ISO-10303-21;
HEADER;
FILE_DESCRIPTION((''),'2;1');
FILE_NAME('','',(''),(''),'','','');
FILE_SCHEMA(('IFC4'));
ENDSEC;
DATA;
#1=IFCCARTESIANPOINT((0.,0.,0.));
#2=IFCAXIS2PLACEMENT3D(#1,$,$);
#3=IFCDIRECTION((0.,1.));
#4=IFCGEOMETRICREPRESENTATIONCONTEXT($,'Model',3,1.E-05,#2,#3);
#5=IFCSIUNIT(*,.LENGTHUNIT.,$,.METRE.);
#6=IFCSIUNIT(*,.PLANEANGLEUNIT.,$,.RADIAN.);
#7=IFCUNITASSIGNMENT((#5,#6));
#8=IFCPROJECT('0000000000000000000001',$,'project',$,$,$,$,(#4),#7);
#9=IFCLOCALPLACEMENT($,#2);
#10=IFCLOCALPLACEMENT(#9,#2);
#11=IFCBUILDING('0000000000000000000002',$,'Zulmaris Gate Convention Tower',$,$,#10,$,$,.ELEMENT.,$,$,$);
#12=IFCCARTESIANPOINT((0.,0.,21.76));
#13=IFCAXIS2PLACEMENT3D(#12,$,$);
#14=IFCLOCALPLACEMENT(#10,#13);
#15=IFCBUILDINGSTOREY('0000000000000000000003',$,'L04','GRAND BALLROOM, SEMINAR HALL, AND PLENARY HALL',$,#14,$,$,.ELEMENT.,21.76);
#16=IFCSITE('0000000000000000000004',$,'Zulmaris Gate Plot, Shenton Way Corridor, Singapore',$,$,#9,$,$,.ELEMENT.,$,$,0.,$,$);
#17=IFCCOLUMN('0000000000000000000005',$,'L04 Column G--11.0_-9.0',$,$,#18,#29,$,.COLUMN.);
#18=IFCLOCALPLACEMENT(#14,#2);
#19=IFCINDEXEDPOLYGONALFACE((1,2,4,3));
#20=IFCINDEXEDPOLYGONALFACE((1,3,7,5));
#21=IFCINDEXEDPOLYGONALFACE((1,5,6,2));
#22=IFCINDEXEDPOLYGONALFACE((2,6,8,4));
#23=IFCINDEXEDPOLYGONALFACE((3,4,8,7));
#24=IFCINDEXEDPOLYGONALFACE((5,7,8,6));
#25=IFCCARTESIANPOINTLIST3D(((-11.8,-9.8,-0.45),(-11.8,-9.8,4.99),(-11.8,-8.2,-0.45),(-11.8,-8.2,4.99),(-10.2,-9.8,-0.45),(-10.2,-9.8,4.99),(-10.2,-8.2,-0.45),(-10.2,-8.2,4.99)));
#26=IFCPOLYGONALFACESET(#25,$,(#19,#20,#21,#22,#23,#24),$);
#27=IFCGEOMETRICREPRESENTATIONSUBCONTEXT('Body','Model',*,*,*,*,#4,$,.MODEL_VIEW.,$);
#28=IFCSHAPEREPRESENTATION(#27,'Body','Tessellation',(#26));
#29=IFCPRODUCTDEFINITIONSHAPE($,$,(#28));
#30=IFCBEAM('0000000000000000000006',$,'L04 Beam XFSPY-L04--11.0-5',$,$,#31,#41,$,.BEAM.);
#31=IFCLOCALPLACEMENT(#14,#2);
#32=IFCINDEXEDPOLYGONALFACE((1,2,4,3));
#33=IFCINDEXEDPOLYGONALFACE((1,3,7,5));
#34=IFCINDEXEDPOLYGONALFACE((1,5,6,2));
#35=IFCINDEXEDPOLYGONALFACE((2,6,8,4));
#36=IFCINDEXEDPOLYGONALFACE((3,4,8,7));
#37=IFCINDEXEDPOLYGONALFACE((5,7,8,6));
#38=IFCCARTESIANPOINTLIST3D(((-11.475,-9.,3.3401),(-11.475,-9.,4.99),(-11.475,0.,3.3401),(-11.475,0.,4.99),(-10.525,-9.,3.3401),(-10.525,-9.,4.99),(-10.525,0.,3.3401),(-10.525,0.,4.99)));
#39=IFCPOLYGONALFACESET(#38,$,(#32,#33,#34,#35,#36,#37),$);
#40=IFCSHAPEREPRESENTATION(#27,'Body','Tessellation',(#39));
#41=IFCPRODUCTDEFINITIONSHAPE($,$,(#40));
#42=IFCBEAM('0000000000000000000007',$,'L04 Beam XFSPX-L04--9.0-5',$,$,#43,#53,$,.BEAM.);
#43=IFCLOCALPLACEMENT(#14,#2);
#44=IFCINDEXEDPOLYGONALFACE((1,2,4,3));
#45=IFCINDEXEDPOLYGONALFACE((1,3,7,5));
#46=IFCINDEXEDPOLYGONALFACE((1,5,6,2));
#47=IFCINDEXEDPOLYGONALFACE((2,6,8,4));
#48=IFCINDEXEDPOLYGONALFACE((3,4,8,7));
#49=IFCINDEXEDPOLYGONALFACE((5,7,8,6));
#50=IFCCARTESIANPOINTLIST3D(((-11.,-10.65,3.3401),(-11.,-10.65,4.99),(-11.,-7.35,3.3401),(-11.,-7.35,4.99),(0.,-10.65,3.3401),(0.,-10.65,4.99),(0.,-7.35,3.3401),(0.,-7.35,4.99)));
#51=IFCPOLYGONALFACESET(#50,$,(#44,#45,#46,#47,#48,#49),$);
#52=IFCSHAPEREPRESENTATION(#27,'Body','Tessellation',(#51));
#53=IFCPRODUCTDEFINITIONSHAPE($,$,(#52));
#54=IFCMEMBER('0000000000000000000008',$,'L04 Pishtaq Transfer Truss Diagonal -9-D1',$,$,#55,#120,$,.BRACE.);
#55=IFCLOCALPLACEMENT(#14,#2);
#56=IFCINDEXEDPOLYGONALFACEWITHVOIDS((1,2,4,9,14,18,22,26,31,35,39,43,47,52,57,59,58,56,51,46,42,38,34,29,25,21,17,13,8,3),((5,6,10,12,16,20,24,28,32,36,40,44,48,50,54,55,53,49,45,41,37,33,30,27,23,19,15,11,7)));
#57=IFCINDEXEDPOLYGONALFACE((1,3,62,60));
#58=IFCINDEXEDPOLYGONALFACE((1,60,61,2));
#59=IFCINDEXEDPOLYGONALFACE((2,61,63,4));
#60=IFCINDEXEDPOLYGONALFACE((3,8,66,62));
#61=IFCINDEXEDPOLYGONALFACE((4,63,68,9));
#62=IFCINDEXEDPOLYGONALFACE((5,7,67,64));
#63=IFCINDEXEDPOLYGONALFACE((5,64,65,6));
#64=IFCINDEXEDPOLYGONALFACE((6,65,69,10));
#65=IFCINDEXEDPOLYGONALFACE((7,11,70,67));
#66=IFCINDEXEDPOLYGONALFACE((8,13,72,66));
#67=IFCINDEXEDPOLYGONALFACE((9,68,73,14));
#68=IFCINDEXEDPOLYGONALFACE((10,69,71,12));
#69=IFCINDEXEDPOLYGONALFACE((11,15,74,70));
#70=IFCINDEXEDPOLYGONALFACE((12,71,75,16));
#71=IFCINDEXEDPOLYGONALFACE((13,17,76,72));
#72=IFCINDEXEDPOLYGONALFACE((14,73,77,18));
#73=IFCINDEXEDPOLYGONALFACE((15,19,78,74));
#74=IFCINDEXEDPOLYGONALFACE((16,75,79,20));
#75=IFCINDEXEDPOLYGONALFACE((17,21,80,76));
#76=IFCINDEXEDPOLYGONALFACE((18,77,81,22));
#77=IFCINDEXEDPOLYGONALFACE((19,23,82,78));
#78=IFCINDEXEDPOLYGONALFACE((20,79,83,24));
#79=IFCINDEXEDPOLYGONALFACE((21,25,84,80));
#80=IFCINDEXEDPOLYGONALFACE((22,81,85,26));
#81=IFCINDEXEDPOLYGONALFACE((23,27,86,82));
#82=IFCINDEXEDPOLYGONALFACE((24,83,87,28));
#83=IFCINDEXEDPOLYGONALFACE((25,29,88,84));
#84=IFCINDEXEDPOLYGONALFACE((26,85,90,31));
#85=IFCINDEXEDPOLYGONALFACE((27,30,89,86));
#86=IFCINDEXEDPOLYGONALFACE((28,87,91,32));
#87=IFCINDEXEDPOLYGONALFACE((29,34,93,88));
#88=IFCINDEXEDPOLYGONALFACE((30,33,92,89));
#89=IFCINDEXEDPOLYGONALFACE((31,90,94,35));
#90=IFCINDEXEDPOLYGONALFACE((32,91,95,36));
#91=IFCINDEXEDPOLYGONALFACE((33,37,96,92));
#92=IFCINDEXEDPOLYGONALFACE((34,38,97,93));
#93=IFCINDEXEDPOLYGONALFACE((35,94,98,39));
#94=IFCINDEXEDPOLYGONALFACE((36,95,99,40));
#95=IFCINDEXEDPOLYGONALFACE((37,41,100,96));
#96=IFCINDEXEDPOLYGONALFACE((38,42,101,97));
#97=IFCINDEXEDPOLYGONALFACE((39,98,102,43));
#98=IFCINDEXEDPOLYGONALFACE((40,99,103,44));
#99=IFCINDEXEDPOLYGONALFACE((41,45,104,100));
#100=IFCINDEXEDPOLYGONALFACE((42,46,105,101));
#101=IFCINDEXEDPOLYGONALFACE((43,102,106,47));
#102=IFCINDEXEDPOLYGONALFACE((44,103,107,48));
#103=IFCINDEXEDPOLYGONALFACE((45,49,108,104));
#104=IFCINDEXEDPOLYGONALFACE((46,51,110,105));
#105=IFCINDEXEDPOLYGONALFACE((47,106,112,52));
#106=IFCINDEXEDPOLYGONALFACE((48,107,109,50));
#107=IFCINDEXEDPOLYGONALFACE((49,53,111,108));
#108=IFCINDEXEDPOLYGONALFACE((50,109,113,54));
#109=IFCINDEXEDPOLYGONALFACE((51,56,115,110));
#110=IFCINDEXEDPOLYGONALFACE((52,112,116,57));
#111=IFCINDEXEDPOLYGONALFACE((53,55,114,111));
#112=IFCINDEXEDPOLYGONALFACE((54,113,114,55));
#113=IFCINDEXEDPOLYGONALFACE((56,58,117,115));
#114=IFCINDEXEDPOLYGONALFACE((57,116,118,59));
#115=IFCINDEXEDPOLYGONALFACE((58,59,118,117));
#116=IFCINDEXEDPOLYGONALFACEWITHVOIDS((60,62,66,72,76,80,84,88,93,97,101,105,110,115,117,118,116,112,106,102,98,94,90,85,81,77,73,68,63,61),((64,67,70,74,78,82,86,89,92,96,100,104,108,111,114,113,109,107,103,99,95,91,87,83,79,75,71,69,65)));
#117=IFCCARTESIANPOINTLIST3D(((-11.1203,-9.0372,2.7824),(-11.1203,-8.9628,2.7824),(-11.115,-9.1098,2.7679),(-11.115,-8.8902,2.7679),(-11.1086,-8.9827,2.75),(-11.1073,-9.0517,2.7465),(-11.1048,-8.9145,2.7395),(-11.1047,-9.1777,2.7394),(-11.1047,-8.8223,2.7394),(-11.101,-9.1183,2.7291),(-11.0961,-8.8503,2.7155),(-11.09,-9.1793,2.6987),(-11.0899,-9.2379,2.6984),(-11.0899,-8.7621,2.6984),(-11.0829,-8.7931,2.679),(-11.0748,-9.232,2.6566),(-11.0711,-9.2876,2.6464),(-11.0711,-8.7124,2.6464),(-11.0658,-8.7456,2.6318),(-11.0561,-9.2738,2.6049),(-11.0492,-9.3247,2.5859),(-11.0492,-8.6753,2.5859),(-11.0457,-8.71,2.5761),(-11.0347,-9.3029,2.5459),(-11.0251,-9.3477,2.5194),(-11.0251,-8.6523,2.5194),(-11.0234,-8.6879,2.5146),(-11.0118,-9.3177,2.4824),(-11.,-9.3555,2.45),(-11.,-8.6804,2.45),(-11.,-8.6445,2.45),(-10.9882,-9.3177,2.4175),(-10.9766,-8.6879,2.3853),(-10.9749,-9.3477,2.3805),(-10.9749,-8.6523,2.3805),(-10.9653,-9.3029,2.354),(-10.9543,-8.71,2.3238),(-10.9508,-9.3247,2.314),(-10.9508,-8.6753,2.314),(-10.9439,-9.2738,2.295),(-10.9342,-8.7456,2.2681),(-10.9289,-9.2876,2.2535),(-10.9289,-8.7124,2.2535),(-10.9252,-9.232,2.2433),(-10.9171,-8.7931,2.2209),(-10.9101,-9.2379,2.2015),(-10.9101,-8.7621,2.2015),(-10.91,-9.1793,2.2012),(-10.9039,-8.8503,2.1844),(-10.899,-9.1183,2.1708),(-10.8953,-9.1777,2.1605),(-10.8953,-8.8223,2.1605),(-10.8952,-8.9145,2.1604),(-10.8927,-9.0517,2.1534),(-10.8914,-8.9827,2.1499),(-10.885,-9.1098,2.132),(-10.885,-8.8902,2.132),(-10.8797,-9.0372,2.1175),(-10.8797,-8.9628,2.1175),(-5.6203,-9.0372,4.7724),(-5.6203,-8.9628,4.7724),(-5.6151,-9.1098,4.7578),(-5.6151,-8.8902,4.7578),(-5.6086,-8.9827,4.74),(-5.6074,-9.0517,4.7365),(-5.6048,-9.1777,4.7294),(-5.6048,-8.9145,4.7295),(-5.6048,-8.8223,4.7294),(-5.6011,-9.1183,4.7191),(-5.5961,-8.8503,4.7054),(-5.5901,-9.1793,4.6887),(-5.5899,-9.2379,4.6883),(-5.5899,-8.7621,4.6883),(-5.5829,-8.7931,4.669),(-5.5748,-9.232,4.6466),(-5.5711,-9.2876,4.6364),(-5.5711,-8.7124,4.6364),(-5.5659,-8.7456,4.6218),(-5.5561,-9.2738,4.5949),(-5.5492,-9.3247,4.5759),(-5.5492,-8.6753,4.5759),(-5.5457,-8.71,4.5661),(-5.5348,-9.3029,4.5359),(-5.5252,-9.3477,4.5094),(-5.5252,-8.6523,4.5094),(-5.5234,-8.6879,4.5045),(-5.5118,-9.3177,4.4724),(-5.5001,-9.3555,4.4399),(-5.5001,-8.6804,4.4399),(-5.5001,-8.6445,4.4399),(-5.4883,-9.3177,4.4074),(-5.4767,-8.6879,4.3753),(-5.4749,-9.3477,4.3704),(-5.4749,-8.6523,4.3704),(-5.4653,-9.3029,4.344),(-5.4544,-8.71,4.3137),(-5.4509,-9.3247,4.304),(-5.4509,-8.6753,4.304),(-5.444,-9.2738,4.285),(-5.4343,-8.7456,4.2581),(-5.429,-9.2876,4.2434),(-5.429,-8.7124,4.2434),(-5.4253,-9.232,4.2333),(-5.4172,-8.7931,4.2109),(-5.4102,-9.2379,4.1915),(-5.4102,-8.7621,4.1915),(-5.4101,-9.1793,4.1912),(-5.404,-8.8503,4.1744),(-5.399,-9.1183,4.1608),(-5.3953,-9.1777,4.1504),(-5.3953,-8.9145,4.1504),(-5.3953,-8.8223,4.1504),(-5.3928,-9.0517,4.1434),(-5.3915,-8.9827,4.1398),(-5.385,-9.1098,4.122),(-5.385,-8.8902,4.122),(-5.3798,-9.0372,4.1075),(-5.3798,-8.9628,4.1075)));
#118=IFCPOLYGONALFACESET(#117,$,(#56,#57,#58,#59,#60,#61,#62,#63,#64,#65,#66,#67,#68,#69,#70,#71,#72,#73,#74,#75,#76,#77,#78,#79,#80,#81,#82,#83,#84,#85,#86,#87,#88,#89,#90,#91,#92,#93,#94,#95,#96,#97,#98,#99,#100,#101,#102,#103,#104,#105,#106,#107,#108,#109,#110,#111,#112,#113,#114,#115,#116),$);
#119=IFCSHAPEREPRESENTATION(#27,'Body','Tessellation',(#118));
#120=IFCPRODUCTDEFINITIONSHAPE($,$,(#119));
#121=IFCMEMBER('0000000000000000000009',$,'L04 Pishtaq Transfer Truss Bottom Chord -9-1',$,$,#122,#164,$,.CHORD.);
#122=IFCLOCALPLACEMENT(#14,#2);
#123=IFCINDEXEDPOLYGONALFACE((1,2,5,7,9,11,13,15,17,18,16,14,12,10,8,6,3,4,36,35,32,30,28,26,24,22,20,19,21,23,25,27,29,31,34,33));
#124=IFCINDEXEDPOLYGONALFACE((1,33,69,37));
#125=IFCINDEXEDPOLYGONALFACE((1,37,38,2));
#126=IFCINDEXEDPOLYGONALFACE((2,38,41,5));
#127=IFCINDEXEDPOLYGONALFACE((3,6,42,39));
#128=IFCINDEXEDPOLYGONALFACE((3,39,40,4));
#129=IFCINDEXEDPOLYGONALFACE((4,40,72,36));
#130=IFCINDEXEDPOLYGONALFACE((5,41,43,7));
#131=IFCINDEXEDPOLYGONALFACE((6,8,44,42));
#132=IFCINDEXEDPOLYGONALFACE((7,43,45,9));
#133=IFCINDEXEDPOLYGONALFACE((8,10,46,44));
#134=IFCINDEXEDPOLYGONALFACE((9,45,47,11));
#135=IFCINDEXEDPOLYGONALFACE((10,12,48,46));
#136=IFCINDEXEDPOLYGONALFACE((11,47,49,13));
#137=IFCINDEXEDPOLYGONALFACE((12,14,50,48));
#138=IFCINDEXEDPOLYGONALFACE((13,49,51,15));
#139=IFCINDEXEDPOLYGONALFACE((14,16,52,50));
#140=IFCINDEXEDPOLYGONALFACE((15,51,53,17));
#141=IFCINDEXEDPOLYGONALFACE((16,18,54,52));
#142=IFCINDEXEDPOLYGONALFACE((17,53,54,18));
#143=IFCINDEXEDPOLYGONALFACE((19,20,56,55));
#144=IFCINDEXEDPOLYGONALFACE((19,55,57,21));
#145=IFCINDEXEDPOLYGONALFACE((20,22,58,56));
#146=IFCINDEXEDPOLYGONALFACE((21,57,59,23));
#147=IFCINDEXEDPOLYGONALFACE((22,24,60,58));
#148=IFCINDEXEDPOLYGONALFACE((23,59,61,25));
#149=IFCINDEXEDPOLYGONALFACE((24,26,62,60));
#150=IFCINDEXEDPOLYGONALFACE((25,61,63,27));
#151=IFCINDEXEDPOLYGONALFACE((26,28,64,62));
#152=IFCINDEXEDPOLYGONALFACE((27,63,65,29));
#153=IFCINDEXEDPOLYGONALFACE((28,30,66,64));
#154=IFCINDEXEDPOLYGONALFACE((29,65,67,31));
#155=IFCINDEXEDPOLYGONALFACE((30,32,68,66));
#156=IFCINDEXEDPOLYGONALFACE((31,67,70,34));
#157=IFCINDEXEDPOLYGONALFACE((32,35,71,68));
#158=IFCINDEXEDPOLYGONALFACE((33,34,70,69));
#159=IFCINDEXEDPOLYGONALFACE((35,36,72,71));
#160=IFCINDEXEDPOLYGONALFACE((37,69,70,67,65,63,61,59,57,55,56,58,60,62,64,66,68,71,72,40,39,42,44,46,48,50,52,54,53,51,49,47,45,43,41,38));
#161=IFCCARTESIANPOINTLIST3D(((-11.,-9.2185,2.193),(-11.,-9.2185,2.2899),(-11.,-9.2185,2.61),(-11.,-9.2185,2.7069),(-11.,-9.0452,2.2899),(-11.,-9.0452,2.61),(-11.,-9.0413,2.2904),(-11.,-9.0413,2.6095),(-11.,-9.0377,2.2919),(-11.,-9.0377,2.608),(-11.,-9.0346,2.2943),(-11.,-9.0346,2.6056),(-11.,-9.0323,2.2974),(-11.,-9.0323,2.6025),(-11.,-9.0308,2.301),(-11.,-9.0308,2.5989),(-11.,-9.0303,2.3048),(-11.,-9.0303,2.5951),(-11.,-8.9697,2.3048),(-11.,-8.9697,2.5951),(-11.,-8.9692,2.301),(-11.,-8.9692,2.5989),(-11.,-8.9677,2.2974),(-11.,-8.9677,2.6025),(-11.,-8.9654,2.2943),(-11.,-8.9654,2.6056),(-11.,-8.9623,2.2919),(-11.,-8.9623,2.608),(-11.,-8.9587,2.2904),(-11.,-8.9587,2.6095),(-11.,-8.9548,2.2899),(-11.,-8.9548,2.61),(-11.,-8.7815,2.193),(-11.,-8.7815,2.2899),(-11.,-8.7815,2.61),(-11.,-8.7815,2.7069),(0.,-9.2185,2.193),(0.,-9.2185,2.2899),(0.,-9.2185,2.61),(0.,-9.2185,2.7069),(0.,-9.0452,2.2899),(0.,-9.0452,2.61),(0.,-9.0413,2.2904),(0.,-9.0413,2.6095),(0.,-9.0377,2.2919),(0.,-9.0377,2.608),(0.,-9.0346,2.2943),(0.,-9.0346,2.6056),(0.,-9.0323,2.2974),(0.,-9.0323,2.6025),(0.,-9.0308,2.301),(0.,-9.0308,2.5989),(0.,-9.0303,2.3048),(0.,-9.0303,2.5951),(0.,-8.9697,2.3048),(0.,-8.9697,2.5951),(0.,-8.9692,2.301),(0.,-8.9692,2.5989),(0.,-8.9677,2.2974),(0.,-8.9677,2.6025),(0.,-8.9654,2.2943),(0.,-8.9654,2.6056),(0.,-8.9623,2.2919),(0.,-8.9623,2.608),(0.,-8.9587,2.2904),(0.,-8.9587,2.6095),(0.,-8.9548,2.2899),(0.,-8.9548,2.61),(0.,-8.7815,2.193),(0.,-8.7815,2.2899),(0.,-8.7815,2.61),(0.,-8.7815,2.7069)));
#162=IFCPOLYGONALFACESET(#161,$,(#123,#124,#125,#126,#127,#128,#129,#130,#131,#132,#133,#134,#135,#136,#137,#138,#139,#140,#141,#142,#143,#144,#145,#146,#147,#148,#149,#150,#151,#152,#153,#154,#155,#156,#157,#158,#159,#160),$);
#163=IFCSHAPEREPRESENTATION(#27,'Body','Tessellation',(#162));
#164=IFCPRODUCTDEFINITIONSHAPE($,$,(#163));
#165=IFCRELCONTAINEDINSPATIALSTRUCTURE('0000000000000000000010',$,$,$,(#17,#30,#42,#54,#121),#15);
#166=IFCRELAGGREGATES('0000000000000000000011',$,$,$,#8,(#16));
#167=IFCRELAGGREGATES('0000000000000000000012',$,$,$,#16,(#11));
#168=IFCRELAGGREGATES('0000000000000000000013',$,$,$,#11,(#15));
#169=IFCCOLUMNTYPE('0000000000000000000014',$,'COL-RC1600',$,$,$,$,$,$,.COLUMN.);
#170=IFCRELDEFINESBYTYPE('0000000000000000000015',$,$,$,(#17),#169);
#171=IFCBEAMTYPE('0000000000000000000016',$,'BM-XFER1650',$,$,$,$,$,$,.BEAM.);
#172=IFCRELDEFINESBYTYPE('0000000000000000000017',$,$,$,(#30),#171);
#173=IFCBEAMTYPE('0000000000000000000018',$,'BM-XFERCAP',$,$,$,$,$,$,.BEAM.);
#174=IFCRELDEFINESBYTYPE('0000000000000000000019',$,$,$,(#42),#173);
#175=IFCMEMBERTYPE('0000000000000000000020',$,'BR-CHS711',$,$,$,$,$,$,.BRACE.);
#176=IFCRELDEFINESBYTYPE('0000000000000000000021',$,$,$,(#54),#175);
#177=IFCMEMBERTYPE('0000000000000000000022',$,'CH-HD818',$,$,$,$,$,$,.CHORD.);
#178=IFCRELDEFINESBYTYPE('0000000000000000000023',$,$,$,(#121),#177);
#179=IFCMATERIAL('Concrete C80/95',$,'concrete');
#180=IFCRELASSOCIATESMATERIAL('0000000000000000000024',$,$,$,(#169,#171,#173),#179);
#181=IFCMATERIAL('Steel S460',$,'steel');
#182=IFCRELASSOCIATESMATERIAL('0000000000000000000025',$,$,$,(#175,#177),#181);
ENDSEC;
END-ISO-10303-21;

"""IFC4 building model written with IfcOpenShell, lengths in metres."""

from ifc_helpers import new_model, si_unit, direction, frame, origin, origin_2d, place, context, subcontext, project, spatial, rectangle, hollow_circle, i_section, extrude, material, material_profile, profile_set, type_object, element, save


model = new_model("IFC4")

# Units and contexts
model_context = context("Model", 3, precision=1e-05, world=origin(), true_north=direction((0.0, 1.0)))
body_context = subcontext(model_context, "Body", "Model", "MODEL_VIEW")
ifc_project = project(units=[si_unit("LENGTHUNIT", "METRE"), si_unit("PLANEANGLEUNIT", "RADIAN")], contexts=[model_context])

# Site, building, storey
site_placement = place(None, origin())
site = spatial("IfcSite", under=ifc_project, at=site_placement, Name="Zulmaris Gate Plot, Shenton Way Corridor, Singapore", CompositionType="ELEMENT", RefElevation=0.0)
building_placement = place(site_placement, origin())
building = spatial("IfcBuilding", under=site, at=building_placement, Name="Zulmaris Gate Convention Tower", CompositionType="ELEMENT")
storey_placement = place(building_placement, frame((0.0, 0.0, 21.76)))
storey = spatial("IfcBuildingStorey", under=building, at=storey_placement, Name="L04", Description="GRAND BALLROOM, SEMINAR HALL, AND PLENARY HALL", CompositionType="ELEMENT", Elevation=21.76)

# Column
ifc_material_1 = material(Name="Concrete C80/95", Category="concrete")
ifc_material_profile_1 = material_profile(ifc_material_1, rectangle(XDim=1.6001, YDim=1.6001, at=origin_2d()), Name="RC COL 1600x1600")
ifc_profile_set_1 = profile_set([ifc_material_profile_1], Name="Concrete C80/95")
column_type = type_object("IfcColumnType", Name="COL-RC1600", PredefinedType="COLUMN", material=ifc_profile_set_1)
column_placement = place(storey_placement, frame((-11.0, -9.0, -0.45), z_axis=(0.0, 0.0, 1.0), x_axis=(1.0, 0.0, 0.0)))
element("IfcColumn", 1, at=column_placement, inside=storey, type_object=column_type, Name="L04 Column G--11.0_-9.0", PredefinedType="COLUMN", context=body_context, shape_type="SweptSolid", body=[
    extrude(rectangle(XDim=1.6001, YDim=1.6001, at=origin_2d()), origin(), (0.0, 0.0, 1.0), 5.4399),
])

# Beams
ifc_material_profile_2 = material_profile(ifc_material_1, rectangle(XDim=0.95, YDim=1.6499, at=origin_2d()), Name="RC TRANSFER 950x1650")
ifc_profile_set_2 = profile_set([ifc_material_profile_2], Name="Concrete C80/95")
beam_type_1 = type_object("IfcBeamType", Name="BM-XFER1650", PredefinedType="BEAM", material=ifc_profile_set_2)
beam_1_placement = place(storey_placement, frame((-11.0, -9.0, 4.165), z_axis=(0.0, 1.0, 0.0), x_axis=(-1.0, 0.0, 0.0)))
element("IfcBeam", 2, at=beam_1_placement, inside=storey, type_object=beam_type_1, Name="L04 Beam XFSPY-L04--11.0-5", PredefinedType="BEAM", context=body_context, shape_type="SweptSolid", body=[
    extrude(rectangle(XDim=0.95, YDim=1.6499, at=origin_2d()), origin(), (0.0, 0.0, 1.0), 9.0),
])
ifc_material_profile_3 = material_profile(ifc_material_1, rectangle(XDim=3.3, YDim=1.6499, at=origin_2d()), Name="RC TRANSFER 3300x1650")
ifc_profile_set_3 = profile_set([ifc_material_profile_3], Name="Concrete C80/95")
beam_type_2 = type_object("IfcBeamType", Name="BM-XFERCAP", PredefinedType="BEAM", material=ifc_profile_set_3)
beam_2_placement = place(storey_placement, frame((-11.0, -9.0, 4.165), z_axis=(1.0, 0.0, 0.0), x_axis=(0.0, 1.0, 0.0)))
element("IfcBeam", 3, at=beam_2_placement, inside=storey, type_object=beam_type_2, Name="L04 Beam XFSPX-L04--9.0-5", PredefinedType="BEAM", context=body_context, shape_type="SweptSolid", body=[
    extrude(rectangle(XDim=3.3, YDim=1.6499, at=origin_2d()), origin(), (0.0, 0.0, 1.0), 11.0),
])

# Members
ifc_material_2 = material(Name="Steel S460", Category="steel")
ifc_material_profile_4 = material_profile(ifc_material_2, hollow_circle(Radius=0.3555, WallThickness=0.0359, at=origin_2d()), Name="CHS 711x36")
ifc_profile_set_4 = profile_set([ifc_material_profile_4], Name="Steel S460")
member_type_1 = type_object("IfcMemberType", Name="BR-CHS711", PredefinedType="BRACE", material=ifc_profile_set_4)
member_1_placement = place(storey_placement, frame((-11.0, -9.0, 2.45), z_axis=(0.940342, 0.0, 0.340231), x_axis=(0.0, 1.0, 0.0)))
element("IfcMember", 4, at=member_1_placement, inside=storey, type_object=member_type_1, Name="L04 Pishtaq Transfer Truss Diagonal -9-D1", PredefinedType="BRACE", context=body_context, shape_type="SweptSolid", body=[
    extrude(hollow_circle(Radius=0.3555, WallThickness=0.0359, at=origin_2d()), origin(), (0.0, 0.0, 1.0), 5.8489),
])
ifc_material_profile_5 = material_profile(ifc_material_2, i_section(OverallWidth=0.437, OverallDepth=0.5139, WebThickness=0.0605, FlangeThickness=0.0969, FilletRadius=0.0149, at=origin_2d()), Name="HD 400x818")
ifc_profile_set_5 = profile_set([ifc_material_profile_5], Name="Steel S460")
member_type_2 = type_object("IfcMemberType", Name="CH-HD818", PredefinedType="CHORD", material=ifc_profile_set_5)
member_2_placement = place(storey_placement, frame((-11.0, -9.0, 2.45), z_axis=(1.0, 0.0, 0.0), x_axis=(0.0, 1.0, 0.0)))
element("IfcMember", 5, at=member_2_placement, inside=storey, type_object=member_type_2, Name="L04 Pishtaq Transfer Truss Bottom Chord -9-1", PredefinedType="CHORD", context=body_context, shape_type="SweptSolid", body=[
    extrude(i_section(OverallWidth=0.437, OverallDepth=0.5139, WebThickness=0.0605, FlangeThickness=0.0969, FilletRadius=0.0149, at=origin_2d()), origin(), (0.0, 0.0, 1.0), 11.0),
])

save(model, "model.ifc")
